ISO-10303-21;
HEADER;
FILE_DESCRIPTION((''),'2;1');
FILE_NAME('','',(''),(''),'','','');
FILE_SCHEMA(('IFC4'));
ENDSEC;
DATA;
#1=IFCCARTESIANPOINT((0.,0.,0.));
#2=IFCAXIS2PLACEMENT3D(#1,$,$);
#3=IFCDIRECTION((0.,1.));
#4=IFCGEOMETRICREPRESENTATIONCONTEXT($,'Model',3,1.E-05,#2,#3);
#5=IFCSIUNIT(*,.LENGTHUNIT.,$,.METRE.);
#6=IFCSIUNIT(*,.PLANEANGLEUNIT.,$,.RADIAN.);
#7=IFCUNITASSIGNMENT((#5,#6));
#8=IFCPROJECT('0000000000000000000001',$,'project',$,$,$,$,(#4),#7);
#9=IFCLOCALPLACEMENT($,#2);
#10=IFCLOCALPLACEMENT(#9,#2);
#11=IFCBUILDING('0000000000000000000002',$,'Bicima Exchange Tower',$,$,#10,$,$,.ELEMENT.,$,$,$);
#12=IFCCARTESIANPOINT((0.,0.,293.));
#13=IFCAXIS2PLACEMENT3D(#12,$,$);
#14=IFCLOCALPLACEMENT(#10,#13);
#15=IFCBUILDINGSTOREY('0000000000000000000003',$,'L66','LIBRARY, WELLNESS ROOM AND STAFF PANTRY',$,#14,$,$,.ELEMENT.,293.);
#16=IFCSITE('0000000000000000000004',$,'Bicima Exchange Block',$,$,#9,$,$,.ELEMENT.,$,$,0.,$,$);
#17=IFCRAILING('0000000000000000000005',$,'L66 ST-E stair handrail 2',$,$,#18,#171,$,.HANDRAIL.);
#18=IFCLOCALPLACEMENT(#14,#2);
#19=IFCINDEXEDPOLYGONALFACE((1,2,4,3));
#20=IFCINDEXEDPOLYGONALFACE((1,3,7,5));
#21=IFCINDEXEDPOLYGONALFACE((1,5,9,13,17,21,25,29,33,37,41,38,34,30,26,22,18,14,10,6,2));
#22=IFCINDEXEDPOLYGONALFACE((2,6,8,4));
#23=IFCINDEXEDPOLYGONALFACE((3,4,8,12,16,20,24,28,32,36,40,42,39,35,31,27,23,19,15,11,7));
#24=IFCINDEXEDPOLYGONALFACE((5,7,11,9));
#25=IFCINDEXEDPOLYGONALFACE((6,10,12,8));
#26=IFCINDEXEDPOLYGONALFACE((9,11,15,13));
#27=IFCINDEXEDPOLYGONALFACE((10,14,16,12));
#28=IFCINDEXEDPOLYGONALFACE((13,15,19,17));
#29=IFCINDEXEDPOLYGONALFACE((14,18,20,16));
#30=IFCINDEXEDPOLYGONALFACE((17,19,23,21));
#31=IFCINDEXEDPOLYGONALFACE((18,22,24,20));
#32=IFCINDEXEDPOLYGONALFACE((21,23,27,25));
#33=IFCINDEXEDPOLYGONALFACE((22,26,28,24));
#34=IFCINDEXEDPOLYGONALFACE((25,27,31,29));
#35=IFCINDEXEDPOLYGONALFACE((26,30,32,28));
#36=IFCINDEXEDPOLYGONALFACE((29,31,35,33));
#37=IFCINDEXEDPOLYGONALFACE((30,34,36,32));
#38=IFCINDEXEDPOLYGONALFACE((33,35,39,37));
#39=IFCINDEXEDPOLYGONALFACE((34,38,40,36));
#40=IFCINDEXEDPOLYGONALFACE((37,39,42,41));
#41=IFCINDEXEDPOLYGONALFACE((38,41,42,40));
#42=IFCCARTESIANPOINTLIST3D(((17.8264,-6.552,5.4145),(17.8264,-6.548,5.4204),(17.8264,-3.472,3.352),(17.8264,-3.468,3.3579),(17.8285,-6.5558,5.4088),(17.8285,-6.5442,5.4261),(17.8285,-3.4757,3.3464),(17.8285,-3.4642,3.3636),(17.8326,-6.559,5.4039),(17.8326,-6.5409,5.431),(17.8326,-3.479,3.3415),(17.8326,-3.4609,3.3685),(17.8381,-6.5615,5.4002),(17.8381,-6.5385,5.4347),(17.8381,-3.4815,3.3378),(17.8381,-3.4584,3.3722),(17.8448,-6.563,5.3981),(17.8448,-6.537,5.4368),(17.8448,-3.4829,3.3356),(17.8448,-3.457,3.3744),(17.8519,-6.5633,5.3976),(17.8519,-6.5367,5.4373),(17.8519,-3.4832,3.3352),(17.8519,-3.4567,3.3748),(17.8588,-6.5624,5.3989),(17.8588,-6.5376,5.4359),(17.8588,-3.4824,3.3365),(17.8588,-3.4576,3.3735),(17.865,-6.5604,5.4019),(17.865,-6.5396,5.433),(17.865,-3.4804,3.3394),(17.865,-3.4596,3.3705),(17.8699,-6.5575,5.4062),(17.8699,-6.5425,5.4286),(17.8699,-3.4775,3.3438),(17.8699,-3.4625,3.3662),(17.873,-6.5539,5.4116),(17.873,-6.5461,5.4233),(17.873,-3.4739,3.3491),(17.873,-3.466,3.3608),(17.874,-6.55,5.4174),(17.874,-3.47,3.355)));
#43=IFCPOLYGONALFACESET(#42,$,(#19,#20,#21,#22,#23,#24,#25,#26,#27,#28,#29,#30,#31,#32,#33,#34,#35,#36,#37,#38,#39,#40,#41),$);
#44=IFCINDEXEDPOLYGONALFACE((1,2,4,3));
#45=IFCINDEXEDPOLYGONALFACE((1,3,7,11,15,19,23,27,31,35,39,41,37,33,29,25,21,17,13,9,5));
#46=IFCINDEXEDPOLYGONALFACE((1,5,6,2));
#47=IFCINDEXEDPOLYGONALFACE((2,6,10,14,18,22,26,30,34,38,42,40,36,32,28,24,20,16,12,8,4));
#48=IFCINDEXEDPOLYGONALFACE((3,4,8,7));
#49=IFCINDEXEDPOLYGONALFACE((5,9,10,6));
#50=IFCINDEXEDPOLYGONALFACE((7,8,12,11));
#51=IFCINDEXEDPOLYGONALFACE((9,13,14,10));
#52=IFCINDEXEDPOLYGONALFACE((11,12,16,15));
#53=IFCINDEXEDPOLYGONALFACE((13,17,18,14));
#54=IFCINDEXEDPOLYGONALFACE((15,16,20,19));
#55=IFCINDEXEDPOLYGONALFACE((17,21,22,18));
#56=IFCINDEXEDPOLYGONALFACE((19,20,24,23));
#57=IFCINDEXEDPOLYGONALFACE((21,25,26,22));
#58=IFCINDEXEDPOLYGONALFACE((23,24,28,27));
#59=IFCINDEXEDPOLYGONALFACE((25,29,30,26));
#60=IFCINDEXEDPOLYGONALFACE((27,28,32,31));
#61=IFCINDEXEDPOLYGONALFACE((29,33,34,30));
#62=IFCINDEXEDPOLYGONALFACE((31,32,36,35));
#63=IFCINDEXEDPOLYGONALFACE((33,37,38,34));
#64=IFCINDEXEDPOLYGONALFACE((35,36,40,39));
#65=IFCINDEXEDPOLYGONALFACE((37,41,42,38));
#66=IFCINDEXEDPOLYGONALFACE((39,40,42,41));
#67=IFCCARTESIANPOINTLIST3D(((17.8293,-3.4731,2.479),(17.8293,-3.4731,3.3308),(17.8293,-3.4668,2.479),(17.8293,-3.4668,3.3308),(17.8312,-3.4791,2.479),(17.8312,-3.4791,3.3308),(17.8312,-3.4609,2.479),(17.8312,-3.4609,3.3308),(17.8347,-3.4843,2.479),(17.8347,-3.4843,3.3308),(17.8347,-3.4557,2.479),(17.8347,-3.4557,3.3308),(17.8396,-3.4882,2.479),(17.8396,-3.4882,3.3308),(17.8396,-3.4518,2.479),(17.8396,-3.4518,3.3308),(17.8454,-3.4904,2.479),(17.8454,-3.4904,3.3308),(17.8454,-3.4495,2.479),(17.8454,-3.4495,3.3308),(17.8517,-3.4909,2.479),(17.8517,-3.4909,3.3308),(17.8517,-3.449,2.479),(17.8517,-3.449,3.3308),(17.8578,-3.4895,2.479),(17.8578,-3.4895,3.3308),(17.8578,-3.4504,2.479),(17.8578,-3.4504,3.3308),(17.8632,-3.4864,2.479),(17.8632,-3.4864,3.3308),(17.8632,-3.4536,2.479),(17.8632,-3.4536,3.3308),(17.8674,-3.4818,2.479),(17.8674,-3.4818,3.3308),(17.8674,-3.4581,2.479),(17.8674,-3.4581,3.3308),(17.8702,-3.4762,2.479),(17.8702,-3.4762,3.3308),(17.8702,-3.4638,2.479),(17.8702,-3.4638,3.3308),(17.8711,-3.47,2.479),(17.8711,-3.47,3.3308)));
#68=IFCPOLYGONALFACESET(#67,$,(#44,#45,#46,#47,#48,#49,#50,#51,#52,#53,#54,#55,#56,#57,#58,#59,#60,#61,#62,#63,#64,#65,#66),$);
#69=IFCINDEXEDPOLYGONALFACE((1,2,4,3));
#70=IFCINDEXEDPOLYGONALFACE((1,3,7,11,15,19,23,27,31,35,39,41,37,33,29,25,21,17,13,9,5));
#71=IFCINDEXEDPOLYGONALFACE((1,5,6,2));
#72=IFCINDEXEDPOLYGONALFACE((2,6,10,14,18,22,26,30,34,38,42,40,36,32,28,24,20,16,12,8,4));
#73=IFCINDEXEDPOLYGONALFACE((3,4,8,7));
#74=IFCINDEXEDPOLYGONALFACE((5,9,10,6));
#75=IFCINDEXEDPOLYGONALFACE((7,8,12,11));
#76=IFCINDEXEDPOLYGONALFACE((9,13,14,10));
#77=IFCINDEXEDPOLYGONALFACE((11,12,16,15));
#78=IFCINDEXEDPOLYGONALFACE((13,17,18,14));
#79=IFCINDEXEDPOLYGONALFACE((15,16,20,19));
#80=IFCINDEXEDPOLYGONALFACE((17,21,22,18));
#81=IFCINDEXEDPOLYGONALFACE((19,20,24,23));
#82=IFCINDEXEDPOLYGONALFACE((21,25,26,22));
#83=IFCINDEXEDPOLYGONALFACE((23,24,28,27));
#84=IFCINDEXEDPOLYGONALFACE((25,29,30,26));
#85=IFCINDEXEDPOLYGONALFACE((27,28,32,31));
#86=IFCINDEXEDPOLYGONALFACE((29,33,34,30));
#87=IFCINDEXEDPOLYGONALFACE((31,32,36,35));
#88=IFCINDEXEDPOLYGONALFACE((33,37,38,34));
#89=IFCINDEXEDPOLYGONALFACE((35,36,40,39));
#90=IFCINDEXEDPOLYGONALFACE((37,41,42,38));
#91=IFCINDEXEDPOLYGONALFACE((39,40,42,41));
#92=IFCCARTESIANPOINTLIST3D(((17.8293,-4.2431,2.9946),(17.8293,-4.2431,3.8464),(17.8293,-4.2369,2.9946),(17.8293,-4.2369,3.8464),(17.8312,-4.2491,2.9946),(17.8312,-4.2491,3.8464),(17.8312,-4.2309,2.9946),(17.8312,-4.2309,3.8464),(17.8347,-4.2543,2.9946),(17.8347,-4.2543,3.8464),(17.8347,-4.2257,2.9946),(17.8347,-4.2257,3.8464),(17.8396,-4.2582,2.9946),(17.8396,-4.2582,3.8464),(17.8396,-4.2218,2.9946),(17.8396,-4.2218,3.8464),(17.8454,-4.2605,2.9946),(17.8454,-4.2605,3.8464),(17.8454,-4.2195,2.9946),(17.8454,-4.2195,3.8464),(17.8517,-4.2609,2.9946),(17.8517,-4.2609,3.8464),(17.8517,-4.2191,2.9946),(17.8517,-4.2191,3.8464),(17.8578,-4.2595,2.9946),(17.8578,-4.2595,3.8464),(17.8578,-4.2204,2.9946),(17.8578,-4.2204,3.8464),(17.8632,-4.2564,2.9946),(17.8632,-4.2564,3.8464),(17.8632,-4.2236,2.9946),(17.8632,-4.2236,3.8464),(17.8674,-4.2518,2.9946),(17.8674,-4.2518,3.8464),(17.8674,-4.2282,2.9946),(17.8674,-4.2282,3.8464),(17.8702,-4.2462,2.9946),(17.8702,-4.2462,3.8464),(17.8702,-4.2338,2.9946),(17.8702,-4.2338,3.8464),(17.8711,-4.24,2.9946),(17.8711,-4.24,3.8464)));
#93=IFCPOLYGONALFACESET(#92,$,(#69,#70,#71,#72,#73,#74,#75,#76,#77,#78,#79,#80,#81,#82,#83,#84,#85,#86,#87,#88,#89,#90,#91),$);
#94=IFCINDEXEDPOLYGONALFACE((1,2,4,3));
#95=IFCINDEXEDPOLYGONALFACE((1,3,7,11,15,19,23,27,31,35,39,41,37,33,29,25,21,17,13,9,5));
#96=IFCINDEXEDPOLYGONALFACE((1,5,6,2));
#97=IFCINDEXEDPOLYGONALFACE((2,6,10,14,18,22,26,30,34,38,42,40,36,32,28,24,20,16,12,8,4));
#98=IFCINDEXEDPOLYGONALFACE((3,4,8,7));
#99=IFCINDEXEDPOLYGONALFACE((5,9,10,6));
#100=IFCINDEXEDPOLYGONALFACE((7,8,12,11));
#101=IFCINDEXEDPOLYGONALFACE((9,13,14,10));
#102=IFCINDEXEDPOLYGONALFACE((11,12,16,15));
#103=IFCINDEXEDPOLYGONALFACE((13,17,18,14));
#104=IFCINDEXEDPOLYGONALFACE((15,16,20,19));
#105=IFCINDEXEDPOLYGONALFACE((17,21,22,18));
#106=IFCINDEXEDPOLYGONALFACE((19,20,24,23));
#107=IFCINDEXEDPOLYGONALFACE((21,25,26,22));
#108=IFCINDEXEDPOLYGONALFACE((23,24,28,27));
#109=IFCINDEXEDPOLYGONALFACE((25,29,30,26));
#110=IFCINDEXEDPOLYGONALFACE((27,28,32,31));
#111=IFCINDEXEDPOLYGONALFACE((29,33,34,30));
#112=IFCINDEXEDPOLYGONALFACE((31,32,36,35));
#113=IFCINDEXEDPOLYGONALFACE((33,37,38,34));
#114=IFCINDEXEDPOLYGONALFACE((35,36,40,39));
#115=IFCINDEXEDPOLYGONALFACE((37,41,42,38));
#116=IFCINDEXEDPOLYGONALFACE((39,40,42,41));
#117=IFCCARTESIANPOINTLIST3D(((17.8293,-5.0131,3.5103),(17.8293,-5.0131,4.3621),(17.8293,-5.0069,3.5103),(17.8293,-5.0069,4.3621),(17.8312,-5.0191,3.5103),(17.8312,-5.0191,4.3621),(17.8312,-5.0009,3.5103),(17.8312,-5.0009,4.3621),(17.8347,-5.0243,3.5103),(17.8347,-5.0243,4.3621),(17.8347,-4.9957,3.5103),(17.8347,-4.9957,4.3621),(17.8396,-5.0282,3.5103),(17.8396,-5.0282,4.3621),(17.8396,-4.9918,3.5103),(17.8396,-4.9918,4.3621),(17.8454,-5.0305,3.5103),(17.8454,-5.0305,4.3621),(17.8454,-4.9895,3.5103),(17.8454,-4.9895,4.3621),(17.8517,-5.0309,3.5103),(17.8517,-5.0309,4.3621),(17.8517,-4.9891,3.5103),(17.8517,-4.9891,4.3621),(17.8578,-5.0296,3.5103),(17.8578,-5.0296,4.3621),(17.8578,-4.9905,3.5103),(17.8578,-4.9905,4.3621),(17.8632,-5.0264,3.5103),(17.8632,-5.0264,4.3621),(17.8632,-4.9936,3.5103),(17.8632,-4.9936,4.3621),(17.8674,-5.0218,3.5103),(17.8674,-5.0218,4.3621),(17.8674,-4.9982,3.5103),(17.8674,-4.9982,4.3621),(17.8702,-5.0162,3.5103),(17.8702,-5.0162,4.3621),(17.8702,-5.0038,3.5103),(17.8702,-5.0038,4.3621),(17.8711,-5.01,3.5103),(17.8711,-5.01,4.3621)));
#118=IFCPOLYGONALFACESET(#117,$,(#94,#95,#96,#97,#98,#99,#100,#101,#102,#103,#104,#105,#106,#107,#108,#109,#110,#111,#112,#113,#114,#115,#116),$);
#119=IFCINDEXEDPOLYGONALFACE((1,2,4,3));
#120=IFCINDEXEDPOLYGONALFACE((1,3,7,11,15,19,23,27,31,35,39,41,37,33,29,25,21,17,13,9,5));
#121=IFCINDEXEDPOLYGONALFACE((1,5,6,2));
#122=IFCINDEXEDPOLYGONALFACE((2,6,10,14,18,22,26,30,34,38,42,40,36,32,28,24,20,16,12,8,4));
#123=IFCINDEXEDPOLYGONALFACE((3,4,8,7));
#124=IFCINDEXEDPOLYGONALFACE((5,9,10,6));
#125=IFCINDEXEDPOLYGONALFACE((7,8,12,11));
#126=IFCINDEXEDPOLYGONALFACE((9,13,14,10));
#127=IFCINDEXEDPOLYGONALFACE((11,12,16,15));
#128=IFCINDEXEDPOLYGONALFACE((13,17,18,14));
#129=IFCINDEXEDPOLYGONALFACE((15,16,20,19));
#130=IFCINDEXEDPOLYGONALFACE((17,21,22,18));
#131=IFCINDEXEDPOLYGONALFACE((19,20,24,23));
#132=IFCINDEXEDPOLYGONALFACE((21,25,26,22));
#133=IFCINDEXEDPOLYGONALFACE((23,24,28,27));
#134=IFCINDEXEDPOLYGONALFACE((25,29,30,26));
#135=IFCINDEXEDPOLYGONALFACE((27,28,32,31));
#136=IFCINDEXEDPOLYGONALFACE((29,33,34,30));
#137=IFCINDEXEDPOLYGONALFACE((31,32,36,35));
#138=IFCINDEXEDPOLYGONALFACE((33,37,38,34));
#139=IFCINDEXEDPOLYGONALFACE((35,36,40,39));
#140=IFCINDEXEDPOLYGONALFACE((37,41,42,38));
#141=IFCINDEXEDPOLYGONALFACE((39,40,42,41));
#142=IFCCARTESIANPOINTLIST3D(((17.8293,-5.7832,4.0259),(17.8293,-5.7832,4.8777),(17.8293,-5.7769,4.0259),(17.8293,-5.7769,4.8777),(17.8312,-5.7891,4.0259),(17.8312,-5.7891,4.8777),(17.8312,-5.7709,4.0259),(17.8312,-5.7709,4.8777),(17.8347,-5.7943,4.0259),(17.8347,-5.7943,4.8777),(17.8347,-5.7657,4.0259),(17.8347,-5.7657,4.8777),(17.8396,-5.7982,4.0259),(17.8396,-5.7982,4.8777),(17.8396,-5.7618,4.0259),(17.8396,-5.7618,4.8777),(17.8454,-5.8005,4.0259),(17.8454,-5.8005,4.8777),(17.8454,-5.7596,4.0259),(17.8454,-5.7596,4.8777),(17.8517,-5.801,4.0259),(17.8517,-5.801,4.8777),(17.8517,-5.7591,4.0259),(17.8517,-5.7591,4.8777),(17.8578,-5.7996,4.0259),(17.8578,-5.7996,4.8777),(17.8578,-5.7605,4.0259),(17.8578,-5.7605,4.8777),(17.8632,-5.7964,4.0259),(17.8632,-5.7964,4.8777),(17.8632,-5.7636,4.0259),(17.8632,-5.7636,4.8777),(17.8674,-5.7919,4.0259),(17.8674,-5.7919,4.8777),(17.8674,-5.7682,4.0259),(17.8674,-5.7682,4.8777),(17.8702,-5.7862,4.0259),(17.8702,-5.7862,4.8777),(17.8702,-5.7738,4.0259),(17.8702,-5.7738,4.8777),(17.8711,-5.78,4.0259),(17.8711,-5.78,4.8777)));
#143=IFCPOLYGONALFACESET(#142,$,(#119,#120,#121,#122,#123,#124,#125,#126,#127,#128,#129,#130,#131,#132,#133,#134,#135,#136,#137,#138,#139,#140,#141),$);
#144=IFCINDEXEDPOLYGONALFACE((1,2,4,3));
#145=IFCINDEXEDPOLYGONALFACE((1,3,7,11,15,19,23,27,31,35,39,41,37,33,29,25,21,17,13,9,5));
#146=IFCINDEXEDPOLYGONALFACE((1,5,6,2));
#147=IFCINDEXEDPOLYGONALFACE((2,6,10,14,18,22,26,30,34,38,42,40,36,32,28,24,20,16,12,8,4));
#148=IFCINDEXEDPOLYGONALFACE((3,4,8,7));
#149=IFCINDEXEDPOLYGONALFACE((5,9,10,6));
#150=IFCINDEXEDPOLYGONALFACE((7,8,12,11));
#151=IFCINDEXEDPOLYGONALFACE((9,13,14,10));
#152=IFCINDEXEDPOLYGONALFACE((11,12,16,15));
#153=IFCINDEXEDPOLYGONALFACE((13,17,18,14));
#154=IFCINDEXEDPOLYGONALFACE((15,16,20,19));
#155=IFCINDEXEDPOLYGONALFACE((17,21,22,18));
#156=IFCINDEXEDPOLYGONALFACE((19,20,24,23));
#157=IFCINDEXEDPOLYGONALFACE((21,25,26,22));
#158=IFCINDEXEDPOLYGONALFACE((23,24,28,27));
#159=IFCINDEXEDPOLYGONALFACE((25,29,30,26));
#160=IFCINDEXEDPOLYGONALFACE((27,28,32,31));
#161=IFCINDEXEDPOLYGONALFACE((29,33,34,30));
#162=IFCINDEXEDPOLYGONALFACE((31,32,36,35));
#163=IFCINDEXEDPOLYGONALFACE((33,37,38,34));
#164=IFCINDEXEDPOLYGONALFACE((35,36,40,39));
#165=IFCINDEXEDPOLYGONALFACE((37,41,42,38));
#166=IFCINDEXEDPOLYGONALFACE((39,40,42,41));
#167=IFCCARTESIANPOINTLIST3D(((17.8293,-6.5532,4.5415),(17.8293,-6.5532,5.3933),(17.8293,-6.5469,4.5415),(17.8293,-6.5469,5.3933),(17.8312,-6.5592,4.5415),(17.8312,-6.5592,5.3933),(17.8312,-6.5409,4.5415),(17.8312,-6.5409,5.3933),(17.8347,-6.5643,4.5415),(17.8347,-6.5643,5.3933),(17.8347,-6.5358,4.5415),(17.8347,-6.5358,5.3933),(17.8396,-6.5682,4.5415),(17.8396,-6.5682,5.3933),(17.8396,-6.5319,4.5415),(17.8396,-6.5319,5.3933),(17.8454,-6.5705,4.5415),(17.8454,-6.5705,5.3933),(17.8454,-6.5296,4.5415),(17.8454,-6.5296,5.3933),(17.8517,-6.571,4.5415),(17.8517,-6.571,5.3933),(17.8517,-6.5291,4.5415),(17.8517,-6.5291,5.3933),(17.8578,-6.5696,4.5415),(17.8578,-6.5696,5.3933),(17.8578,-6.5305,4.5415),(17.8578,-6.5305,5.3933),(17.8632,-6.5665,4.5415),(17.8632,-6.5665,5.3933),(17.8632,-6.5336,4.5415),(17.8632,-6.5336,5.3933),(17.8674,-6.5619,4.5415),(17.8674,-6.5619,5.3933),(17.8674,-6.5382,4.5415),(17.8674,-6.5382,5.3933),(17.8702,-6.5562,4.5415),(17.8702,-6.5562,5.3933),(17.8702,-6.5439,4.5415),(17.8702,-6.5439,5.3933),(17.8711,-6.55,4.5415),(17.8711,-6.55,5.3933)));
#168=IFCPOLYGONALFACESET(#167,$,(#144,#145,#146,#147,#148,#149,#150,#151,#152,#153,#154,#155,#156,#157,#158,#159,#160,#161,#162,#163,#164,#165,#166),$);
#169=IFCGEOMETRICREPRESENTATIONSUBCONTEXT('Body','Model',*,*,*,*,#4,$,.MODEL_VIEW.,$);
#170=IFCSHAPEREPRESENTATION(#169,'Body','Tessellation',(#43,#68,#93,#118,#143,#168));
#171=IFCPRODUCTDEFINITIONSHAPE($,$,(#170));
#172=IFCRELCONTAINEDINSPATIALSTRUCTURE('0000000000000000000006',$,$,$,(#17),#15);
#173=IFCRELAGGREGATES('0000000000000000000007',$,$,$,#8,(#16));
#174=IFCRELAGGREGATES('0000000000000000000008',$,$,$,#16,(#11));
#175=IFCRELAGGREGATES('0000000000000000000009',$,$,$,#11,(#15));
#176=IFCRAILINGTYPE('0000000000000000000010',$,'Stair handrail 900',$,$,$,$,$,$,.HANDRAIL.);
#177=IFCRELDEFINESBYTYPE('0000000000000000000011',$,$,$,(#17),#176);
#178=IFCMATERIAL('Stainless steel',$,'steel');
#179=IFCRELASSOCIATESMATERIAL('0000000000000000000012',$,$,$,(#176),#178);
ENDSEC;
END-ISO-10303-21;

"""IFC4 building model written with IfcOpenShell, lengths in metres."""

from ifc_helpers import new_model, si_unit, direction, frame, origin, origin_2d, place, context, subcontext, project, spatial, circle, extrude, material, type_object, element, save


model = new_model("IFC4")

# Units and contexts
model_context = context("Model", 3, precision=1e-05, world=origin(), true_north=direction((0.0, 1.0)))
body_context = subcontext(model_context, "Body", "Model", "MODEL_VIEW")
ifc_project = project(units=[si_unit("LENGTHUNIT", "METRE"), si_unit("PLANEANGLEUNIT", "RADIAN")], contexts=[model_context])

# Site, building, storey
site_placement = place(None, origin())
site = spatial("IfcSite", under=ifc_project, at=site_placement, Name="Bicima Exchange Block", CompositionType="ELEMENT", RefElevation=0.0)
building_placement = place(site_placement, origin())
building = spatial("IfcBuilding", under=site, at=building_placement, Name="Bicima Exchange Tower", CompositionType="ELEMENT")
storey_placement = place(building_placement, frame((0.0, 0.0, 293.0)))
storey = spatial("IfcBuildingStorey", under=building, at=storey_placement, Name="L66", Description="LIBRARY, WELLNESS ROOM AND STAFF PANTRY", CompositionType="ELEMENT", Elevation=293.0)

# Railing
ifc_material_1 = material(Name="Stainless steel", Category="steel")
railing_type_1 = type_object("IfcRailingType", Name="Stair handrail 900", PredefinedType="HANDRAIL", material=ifc_material_1)
for number, where, name in (
    (1, (17.8501, -3.47, 2.479), "L66 ST-E stair handrail 2"),
):
    element("IfcRailing", number, at=place(storey_placement, frame(where)), inside=storey, type_object=railing_type_1, Name=name, PredefinedType="HANDRAIL", context=body_context, shape_type="SweptSolid", body=[
        extrude(circle(Radius=0.0239, at=origin_2d()), frame((0.0, 0.0, 0.876), z_axis=(0.0, -0.830914, 0.556401), x_axis=(1.0, 0.0, 0.0)), (0.0, 0.0, 1.0), 3.7068),
        extrude(circle(Radius=0.021, at=origin_2d()), origin(), (0.0, 0.0, 1.0), 0.8518),
        extrude(circle(Radius=0.021, at=origin_2d()), frame((0.0, -0.77, 0.5156)), (0.0, 0.0, 1.0), 0.8518),
        extrude(circle(Radius=0.021, at=origin_2d()), frame((0.0, -1.54, 1.0312)), (0.0, 0.0, 1.0), 0.8518),
        extrude(circle(Radius=0.021, at=origin_2d()), frame((0.0, -2.3101, 1.5469)), (0.0, 0.0, 1.0), 0.8518),
        extrude(circle(Radius=0.021, at=origin_2d()), frame((0.0, -3.0801, 2.0625)), (0.0, 0.0, 1.0), 0.8518),
    ])

save(model, "model.ifc")
